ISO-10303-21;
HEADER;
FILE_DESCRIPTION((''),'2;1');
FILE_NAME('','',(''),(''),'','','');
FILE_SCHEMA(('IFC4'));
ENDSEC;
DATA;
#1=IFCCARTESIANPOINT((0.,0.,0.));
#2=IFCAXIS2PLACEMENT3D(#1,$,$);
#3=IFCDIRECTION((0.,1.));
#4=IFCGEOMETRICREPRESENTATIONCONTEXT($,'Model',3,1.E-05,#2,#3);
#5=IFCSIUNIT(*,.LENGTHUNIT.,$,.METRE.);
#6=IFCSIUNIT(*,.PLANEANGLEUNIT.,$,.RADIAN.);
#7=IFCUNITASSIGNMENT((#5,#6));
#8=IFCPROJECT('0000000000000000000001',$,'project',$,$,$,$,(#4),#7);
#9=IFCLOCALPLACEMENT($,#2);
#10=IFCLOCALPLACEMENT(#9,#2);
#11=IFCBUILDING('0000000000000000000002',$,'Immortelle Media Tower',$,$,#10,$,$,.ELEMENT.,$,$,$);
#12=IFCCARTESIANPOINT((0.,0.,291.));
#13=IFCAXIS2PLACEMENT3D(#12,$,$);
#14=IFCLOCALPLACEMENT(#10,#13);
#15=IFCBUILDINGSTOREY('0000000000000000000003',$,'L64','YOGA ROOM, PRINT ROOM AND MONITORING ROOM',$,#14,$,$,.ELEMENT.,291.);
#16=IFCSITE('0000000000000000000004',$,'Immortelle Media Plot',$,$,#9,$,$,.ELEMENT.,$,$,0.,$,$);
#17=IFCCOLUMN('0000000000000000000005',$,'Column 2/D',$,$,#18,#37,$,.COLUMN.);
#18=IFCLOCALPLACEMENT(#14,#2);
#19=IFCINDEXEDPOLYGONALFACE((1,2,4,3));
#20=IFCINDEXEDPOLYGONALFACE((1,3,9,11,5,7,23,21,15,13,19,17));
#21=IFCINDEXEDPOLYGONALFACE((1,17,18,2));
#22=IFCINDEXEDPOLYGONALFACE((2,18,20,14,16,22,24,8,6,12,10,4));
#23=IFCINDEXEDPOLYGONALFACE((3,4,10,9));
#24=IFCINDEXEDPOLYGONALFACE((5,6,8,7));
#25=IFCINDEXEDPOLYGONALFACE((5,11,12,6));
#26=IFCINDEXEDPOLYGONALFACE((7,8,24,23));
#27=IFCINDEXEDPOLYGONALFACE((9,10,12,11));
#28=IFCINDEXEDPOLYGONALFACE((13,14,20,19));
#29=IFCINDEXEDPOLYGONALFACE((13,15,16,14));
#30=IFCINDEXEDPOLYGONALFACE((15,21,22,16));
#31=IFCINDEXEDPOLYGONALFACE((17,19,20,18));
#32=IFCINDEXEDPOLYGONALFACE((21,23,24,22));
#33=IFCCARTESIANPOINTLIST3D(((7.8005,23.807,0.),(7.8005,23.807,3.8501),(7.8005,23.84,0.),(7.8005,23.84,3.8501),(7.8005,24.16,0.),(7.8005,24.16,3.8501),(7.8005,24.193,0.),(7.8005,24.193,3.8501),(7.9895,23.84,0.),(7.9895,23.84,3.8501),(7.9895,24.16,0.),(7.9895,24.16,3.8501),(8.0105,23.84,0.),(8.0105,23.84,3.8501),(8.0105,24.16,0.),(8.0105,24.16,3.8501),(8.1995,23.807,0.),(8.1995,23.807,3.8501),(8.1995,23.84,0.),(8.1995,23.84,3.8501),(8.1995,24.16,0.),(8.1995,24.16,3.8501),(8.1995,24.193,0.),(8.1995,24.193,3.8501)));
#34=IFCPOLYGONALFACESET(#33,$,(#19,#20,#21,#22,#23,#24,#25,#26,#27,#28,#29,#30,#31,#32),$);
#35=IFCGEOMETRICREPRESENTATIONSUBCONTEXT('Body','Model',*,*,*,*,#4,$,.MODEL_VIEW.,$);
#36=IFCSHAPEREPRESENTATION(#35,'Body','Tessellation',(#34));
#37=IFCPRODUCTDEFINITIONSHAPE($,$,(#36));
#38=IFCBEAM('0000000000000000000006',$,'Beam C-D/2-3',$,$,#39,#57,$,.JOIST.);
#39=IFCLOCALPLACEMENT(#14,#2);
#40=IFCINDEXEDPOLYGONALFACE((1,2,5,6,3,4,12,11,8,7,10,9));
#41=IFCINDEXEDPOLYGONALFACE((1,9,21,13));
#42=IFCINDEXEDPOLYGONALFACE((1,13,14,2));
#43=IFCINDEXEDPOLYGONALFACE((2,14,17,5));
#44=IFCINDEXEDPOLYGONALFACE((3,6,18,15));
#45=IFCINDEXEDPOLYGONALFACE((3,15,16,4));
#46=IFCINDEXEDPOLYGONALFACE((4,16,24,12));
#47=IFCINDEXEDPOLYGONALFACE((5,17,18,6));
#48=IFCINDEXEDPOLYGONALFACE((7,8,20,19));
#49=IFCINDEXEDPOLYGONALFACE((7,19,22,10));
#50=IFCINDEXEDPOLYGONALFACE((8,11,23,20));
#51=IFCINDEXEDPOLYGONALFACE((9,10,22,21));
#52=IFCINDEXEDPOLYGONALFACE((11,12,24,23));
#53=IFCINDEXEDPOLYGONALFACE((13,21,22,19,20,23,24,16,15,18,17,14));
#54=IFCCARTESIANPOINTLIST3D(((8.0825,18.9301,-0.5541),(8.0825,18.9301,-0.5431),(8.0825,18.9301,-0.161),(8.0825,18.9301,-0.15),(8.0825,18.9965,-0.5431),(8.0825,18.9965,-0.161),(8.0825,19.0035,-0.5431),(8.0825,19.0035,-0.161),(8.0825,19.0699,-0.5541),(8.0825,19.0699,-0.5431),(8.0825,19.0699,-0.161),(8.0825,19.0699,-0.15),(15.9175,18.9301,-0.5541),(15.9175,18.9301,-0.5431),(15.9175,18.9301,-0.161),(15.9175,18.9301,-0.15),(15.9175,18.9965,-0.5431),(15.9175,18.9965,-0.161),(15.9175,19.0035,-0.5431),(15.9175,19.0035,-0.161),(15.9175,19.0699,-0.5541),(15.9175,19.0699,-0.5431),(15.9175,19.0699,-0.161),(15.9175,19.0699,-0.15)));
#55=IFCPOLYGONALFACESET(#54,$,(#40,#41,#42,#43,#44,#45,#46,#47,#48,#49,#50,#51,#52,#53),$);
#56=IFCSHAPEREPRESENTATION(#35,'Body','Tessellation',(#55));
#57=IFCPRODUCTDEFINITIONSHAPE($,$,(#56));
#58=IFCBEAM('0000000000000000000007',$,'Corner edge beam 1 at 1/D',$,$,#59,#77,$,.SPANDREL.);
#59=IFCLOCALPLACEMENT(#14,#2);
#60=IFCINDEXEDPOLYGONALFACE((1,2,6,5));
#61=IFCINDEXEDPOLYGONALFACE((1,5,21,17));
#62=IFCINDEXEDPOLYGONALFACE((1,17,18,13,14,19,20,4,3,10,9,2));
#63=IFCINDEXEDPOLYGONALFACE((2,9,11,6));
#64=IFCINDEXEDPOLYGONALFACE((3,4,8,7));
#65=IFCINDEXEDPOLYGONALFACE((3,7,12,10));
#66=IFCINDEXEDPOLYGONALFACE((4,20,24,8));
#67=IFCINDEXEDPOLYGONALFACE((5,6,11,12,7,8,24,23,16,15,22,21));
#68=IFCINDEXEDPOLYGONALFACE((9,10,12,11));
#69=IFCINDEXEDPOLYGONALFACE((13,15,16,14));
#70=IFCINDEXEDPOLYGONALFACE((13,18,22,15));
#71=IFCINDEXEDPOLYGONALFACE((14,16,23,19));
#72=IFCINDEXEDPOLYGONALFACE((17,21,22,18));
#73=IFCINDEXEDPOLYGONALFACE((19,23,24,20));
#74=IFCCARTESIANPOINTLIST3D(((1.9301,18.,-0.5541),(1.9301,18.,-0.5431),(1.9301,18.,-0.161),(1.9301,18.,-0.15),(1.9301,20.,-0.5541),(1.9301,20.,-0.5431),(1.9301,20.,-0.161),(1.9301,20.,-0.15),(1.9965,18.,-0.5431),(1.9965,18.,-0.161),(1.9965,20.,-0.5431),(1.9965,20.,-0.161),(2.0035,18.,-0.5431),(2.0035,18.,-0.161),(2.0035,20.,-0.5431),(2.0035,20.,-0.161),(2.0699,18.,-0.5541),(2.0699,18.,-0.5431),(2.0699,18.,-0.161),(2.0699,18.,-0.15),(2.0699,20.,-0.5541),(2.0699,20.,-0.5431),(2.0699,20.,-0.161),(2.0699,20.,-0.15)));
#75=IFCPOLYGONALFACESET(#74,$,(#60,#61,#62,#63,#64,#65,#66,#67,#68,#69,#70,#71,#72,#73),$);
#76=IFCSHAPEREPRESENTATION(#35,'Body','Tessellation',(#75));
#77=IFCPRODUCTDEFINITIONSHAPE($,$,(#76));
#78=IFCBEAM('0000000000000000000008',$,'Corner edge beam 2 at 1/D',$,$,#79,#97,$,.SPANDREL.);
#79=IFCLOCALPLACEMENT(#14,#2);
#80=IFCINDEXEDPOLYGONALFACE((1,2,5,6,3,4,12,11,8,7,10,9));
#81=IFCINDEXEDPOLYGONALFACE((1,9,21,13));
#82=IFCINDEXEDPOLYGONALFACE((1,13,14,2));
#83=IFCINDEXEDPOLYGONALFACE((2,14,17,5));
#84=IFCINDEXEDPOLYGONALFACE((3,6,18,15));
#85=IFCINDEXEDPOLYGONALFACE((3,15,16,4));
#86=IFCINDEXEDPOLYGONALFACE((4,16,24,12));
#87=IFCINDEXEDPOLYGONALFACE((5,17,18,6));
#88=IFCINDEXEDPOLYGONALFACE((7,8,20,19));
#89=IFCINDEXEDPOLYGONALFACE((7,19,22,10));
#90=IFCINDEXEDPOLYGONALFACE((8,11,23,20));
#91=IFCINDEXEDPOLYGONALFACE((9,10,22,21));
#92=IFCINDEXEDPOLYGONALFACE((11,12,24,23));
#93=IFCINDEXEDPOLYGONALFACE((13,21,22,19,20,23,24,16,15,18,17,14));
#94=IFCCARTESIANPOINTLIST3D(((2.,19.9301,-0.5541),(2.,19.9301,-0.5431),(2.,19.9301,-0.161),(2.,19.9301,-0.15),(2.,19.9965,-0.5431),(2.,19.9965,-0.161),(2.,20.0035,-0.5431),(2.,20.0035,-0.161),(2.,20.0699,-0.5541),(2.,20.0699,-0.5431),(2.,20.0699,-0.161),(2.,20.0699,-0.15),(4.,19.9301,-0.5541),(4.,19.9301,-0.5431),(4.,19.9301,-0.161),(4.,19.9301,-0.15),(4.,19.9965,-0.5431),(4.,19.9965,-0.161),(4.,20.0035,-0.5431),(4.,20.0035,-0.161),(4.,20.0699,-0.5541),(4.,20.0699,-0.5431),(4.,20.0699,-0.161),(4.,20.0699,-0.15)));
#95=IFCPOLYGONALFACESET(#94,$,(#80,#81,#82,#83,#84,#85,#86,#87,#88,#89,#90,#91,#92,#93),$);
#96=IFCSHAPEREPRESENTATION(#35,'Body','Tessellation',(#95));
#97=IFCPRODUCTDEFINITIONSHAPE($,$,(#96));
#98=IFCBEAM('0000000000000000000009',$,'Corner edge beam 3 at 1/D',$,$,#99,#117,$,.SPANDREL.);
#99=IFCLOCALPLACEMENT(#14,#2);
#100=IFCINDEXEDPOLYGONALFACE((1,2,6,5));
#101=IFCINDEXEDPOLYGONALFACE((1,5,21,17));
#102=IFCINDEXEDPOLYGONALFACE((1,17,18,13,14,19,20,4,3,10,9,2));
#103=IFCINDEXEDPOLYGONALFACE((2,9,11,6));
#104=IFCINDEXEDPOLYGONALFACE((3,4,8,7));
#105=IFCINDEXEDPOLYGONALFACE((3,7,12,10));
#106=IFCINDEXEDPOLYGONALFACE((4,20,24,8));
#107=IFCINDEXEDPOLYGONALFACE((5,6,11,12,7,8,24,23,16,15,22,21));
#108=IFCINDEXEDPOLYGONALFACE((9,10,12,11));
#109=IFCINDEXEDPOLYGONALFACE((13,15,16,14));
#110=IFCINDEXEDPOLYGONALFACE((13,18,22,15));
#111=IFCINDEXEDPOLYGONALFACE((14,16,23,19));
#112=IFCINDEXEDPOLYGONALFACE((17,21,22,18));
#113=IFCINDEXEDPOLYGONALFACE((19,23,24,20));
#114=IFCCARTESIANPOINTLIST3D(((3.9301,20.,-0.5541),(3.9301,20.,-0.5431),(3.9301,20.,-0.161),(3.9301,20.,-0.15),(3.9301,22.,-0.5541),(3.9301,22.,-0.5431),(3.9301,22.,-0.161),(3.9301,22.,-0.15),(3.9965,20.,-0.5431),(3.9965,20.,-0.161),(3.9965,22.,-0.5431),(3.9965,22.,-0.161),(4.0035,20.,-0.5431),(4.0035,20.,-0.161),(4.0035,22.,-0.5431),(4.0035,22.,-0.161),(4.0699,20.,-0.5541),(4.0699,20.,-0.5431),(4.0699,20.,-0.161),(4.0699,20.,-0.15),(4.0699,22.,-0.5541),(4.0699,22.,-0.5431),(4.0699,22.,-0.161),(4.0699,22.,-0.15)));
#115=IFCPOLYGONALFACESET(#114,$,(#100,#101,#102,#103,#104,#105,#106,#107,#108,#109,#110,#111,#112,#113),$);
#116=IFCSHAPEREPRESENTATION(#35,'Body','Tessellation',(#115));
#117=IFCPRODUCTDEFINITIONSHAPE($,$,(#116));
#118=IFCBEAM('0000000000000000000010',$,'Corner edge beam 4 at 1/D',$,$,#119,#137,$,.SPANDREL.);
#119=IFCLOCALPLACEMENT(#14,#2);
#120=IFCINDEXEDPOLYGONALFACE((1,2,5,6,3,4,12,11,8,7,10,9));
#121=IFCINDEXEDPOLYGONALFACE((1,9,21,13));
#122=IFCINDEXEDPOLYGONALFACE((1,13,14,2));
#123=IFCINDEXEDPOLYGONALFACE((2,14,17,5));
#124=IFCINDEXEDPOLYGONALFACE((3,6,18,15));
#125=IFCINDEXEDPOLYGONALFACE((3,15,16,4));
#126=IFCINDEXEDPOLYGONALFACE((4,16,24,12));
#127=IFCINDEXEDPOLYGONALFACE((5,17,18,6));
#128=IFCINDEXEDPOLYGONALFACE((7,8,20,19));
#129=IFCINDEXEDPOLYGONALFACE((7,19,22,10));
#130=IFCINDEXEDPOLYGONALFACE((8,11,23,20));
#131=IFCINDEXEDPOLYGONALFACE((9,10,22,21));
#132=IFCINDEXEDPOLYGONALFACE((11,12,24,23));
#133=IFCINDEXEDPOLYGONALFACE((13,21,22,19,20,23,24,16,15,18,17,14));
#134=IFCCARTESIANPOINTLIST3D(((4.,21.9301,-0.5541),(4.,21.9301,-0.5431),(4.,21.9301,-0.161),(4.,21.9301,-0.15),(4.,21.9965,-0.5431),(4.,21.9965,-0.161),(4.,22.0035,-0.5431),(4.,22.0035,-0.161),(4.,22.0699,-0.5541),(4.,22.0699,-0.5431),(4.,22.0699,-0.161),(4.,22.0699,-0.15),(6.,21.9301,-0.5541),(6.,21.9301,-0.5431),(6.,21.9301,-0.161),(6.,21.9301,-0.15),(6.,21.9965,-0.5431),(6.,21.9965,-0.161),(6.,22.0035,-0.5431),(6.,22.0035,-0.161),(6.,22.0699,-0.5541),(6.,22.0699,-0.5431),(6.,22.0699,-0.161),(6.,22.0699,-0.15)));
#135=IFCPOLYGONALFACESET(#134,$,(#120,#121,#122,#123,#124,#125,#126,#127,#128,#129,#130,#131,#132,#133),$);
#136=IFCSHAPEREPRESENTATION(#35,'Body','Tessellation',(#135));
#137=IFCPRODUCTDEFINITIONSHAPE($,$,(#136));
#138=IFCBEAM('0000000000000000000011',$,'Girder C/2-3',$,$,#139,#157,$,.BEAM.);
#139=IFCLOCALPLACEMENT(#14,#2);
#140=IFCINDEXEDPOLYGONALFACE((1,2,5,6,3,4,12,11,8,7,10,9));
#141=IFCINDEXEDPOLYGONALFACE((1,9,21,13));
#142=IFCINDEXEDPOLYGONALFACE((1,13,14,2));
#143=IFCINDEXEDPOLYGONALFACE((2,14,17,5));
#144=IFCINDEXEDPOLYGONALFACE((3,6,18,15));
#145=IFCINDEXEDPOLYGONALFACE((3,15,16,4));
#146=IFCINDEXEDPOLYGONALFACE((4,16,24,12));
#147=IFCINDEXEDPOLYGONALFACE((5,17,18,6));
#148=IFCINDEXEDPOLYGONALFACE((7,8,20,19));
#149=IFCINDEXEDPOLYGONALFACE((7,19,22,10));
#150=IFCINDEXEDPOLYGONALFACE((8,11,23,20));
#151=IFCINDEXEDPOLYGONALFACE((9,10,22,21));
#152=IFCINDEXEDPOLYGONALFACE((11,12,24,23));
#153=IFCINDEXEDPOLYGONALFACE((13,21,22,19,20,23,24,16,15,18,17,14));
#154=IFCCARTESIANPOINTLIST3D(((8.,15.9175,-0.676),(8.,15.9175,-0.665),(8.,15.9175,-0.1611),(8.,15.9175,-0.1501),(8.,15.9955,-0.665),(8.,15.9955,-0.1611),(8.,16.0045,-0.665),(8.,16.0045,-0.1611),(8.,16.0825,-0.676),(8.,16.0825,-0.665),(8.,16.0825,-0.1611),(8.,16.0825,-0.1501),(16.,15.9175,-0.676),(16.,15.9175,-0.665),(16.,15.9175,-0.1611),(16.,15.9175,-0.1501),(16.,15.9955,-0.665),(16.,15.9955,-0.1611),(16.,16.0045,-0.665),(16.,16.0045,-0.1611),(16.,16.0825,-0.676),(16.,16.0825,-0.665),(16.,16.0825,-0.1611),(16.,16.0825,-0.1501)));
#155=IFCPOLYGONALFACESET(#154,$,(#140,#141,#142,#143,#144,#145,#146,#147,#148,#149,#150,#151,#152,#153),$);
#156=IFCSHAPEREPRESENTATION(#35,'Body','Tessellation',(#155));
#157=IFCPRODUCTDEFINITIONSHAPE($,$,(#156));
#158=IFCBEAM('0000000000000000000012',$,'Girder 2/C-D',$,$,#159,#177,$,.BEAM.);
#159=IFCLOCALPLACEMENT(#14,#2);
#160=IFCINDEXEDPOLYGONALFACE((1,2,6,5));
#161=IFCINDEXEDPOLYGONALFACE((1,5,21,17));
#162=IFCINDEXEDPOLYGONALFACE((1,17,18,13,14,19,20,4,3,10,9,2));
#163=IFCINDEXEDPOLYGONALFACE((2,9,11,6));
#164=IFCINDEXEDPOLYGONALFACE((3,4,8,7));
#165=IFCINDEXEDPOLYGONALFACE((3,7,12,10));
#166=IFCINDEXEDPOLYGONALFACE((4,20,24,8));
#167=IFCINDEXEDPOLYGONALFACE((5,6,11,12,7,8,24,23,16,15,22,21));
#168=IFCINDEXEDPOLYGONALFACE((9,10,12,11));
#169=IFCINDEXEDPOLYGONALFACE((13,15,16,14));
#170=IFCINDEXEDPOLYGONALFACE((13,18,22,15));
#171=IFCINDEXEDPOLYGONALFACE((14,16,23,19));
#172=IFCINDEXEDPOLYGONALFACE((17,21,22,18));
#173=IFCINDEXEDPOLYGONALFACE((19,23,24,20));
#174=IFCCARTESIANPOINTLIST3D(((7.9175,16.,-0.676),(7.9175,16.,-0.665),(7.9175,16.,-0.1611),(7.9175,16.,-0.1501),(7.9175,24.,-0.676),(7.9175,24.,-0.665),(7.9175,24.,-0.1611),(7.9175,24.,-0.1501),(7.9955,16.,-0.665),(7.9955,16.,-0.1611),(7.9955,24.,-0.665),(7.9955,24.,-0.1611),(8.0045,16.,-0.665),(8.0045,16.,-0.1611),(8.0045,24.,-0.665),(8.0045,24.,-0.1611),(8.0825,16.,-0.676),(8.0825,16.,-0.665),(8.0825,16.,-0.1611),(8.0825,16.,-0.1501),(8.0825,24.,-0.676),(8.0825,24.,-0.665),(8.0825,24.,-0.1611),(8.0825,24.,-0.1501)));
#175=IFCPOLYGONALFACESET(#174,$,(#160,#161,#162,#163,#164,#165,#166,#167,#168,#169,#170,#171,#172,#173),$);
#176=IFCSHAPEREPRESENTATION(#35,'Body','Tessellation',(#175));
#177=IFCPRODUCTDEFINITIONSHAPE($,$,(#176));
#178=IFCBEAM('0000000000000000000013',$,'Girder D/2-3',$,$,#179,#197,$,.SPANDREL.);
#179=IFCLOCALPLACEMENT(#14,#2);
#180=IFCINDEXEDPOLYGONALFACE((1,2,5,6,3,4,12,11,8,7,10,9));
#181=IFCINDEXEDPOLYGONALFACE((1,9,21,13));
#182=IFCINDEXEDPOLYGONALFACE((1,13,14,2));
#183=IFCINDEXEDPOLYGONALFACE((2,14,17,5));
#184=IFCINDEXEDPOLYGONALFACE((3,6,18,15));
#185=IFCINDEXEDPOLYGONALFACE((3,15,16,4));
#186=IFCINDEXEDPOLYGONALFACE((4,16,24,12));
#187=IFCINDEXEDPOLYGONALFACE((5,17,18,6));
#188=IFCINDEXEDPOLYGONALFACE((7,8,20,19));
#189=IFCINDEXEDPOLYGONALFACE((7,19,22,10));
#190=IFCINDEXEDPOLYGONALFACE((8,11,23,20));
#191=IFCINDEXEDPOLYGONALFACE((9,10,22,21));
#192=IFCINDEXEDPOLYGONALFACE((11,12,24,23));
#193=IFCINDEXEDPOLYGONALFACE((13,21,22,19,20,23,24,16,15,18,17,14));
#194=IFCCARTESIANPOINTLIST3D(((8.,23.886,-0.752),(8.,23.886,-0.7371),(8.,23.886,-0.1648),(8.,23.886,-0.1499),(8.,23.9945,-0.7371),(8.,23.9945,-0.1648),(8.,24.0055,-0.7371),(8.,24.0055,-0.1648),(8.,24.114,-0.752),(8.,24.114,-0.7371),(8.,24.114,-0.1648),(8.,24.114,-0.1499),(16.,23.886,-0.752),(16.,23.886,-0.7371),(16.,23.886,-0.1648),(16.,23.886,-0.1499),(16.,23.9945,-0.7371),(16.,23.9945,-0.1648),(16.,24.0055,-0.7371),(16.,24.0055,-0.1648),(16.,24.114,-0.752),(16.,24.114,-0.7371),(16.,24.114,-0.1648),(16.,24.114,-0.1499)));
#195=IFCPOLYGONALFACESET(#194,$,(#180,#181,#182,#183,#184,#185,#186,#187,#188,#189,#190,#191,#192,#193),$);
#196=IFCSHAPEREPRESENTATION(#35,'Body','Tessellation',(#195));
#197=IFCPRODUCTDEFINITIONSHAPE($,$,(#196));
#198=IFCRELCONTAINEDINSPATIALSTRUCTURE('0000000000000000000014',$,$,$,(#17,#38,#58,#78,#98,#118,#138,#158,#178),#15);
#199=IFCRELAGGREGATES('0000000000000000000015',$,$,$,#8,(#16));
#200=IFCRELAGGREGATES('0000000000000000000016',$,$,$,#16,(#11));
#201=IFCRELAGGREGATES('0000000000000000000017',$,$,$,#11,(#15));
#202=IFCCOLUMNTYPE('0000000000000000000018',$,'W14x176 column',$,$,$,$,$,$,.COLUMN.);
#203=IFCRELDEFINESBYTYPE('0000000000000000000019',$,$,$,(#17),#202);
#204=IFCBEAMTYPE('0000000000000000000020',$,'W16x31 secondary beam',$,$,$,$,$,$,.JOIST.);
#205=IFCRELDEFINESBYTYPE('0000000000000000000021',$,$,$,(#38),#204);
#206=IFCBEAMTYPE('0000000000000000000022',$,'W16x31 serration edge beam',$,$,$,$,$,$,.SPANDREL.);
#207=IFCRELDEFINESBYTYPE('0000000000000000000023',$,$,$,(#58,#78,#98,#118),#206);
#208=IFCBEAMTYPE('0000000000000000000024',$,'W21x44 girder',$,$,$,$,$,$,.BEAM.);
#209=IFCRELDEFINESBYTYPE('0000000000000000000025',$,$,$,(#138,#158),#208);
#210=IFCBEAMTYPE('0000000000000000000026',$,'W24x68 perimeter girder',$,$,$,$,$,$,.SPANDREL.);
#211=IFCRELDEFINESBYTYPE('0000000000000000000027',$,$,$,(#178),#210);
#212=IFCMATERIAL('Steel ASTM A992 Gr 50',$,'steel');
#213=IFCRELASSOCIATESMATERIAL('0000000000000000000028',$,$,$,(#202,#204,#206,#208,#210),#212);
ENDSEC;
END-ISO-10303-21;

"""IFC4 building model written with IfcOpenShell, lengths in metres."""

from ifc_helpers import new_model, si_unit, direction, frame, origin, origin_2d, place, context, subcontext, project, spatial, i_section, extrude, material, material_profile, profile_set, type_object, element, save


model = new_model("IFC4")

# Units and contexts
model_context = context("Model", 3, precision=1e-05, world=origin(), true_north=direction((0.0, 1.0)))
body_context = subcontext(model_context, "Body", "Model", "MODEL_VIEW")
ifc_project = project(units=[si_unit("LENGTHUNIT", "METRE"), si_unit("PLANEANGLEUNIT", "RADIAN")], contexts=[model_context])

# Site, building, storey
site_placement = place(None, origin())
site = spatial("IfcSite", under=ifc_project, at=site_placement, Name="Immortelle Media Plot", CompositionType="ELEMENT", RefElevation=0.0)
building_placement = place(site_placement, origin())
building = spatial("IfcBuilding", under=site, at=building_placement, Name="Immortelle Media Tower", CompositionType="ELEMENT")
storey_placement = place(building_placement, frame((0.0, 0.0, 291.0)))
storey = spatial("IfcBuildingStorey", under=building, at=storey_placement, Name="L64", Description="YOGA ROOM, PRINT ROOM AND MONITORING ROOM", CompositionType="ELEMENT", Elevation=291.0)

# Column
ifc_material_1 = material(Name="Steel ASTM A992 Gr 50", Category="steel")
ifc_material_profile_1 = material_profile(ifc_material_1, i_section(OverallWidth=0.3989, OverallDepth=0.386, WebThickness=0.021, FlangeThickness=0.033, at=origin_2d()), Name="W14x176")
ifc_profile_set_1 = profile_set([ifc_material_profile_1], Name="Steel ASTM A992 Gr 50")
column_type = type_object("IfcColumnType", Name="W14x176 column", PredefinedType="COLUMN", material=ifc_profile_set_1)
column_placement = place(storey_placement, frame((8.0, 24.0, 0.0), z_axis=(0.0, 0.0, 1.0), x_axis=(1.0, 0.0, 0.0)))
element("IfcColumn", 1, at=column_placement, inside=storey, type_object=column_type, Name="Column 2/D", PredefinedType="COLUMN", context=body_context, shape_type="SweptSolid", body=[
    extrude(i_section(OverallWidth=0.3989, OverallDepth=0.386, WebThickness=0.021, FlangeThickness=0.033, at=origin_2d()), origin(), (0.0, 0.0, 1.0), 3.8501),
])

# Beams
ifc_material_profile_2 = material_profile(ifc_material_1, i_section(OverallWidth=0.1399, OverallDepth=0.4041, WebThickness=0.0071, FlangeThickness=0.011, at=origin_2d()), Name="W16x31")
ifc_profile_set_2 = profile_set([ifc_material_profile_2], Name="Steel ASTM A992 Gr 50")
beam_type_1 = type_object("IfcBeamType", Name="W16x31 secondary beam", PredefinedType="JOIST", material=ifc_profile_set_2)
beam_1_placement = place(storey_placement, frame((8.0825, 19.0, -0.3521), z_axis=(1.0, 0.0, 0.0), x_axis=(0.0, 1.0, 0.0)))
element("IfcBeam", 2, at=beam_1_placement, inside=storey, type_object=beam_type_1, Name="Beam C-D/2-3", PredefinedType="JOIST", context=body_context, shape_type="SweptSolid", body=[
    extrude(i_section(OverallWidth=0.1399, OverallDepth=0.4041, WebThickness=0.0071, FlangeThickness=0.011, at=origin_2d()), origin(), (0.0, 0.0, 1.0), 7.835),
])
ifc_material_profile_3 = material_profile(ifc_material_1, i_section(OverallWidth=0.1399, OverallDepth=0.4041, WebThickness=0.0071, FlangeThickness=0.011, at=origin_2d()), Name="W16x31")
ifc_profile_set_3 = profile_set([ifc_material_profile_3], Name="Steel ASTM A992 Gr 50")
beam_type_2 = type_object("IfcBeamType", Name="W16x31 serration edge beam", PredefinedType="SPANDREL", material=ifc_profile_set_3)
for number, where, z_axis, x_axis, name in (
    (3, (2.0, 18.0, -0.3521), (0.0, 1.0, 0.0), (-1.0, 0.0, 0.0), "Corner edge beam 1 at 1/D"),
    (4, (2.0, 20.0, -0.3521), (1.0, 0.0, 0.0), (0.0, 1.0, 0.0), "Corner edge beam 2 at 1/D"),
    (5, (4.0, 20.0, -0.3521), (0.0, 1.0, 0.0), (-1.0, 0.0, 0.0), "Corner edge beam 3 at 1/D"),
    (6, (4.0, 22.0, -0.3521), (1.0, 0.0, 0.0), (0.0, 1.0, 0.0), "Corner edge beam 4 at 1/D"),
):
    element("IfcBeam", number, at=place(storey_placement, frame(where, z_axis=z_axis, x_axis=x_axis)), inside=storey, type_object=beam_type_2, Name=name, PredefinedType="SPANDREL", context=body_context, shape_type="SweptSolid", body=[
        extrude(i_section(OverallWidth=0.1399, OverallDepth=0.4041, WebThickness=0.0071, FlangeThickness=0.011, at=origin_2d()), origin(), (0.0, 0.0, 1.0), 2.0),
    ])
ifc_material_profile_4 = material_profile(ifc_material_1, i_section(OverallWidth=0.165, OverallDepth=0.5259, WebThickness=0.009, FlangeThickness=0.011, at=origin_2d()), Name="W21x44")
ifc_profile_set_4 = profile_set([ifc_material_profile_4], Name="Steel ASTM A992 Gr 50")
beam_type_3 = type_object("IfcBeamType", Name="W21x44 girder", PredefinedType="BEAM", material=ifc_profile_set_4)
for number, where, z_axis, x_axis, name in (
    (7, (8.0, 16.0, -0.4131), (1.0, 0.0, 0.0), (0.0, 1.0, 0.0), "Girder C/2-3"),
    (8, (8.0, 16.0, -0.4131), (0.0, 1.0, 0.0), (-1.0, 0.0, 0.0), "Girder 2/C-D"),
):
    element("IfcBeam", number, at=place(storey_placement, frame(where, z_axis=z_axis, x_axis=x_axis)), inside=storey, type_object=beam_type_3, Name=name, PredefinedType="BEAM", context=body_context, shape_type="SweptSolid", body=[
        extrude(i_section(OverallWidth=0.165, OverallDepth=0.5259, WebThickness=0.009, FlangeThickness=0.011, at=origin_2d()), origin(), (0.0, 0.0, 1.0), 8.0),
    ])
ifc_material_profile_5 = material_profile(ifc_material_1, i_section(OverallWidth=0.228, OverallDepth=0.6021, WebThickness=0.011, FlangeThickness=0.0149, at=origin_2d()), Name="W24x68")
ifc_profile_set_5 = profile_set([ifc_material_profile_5], Name="Steel ASTM A992 Gr 50")
beam_type_4 = type_object("IfcBeamType", Name="W24x68 perimeter girder", PredefinedType="SPANDREL", material=ifc_profile_set_5)
beam_2_placement = place(storey_placement, frame((8.0, 24.0, -0.4509), z_axis=(1.0, 0.0, 0.0), x_axis=(0.0, 1.0, 0.0)))
element("IfcBeam", 9, at=beam_2_placement, inside=storey, type_object=beam_type_4, Name="Girder D/2-3", PredefinedType="SPANDREL", context=body_context, shape_type="SweptSolid", body=[
    extrude(i_section(OverallWidth=0.228, OverallDepth=0.6021, WebThickness=0.011, FlangeThickness=0.0149, at=origin_2d()), origin(), (0.0, 0.0, 1.0), 8.0),
])

save(model, "model.ifc")
